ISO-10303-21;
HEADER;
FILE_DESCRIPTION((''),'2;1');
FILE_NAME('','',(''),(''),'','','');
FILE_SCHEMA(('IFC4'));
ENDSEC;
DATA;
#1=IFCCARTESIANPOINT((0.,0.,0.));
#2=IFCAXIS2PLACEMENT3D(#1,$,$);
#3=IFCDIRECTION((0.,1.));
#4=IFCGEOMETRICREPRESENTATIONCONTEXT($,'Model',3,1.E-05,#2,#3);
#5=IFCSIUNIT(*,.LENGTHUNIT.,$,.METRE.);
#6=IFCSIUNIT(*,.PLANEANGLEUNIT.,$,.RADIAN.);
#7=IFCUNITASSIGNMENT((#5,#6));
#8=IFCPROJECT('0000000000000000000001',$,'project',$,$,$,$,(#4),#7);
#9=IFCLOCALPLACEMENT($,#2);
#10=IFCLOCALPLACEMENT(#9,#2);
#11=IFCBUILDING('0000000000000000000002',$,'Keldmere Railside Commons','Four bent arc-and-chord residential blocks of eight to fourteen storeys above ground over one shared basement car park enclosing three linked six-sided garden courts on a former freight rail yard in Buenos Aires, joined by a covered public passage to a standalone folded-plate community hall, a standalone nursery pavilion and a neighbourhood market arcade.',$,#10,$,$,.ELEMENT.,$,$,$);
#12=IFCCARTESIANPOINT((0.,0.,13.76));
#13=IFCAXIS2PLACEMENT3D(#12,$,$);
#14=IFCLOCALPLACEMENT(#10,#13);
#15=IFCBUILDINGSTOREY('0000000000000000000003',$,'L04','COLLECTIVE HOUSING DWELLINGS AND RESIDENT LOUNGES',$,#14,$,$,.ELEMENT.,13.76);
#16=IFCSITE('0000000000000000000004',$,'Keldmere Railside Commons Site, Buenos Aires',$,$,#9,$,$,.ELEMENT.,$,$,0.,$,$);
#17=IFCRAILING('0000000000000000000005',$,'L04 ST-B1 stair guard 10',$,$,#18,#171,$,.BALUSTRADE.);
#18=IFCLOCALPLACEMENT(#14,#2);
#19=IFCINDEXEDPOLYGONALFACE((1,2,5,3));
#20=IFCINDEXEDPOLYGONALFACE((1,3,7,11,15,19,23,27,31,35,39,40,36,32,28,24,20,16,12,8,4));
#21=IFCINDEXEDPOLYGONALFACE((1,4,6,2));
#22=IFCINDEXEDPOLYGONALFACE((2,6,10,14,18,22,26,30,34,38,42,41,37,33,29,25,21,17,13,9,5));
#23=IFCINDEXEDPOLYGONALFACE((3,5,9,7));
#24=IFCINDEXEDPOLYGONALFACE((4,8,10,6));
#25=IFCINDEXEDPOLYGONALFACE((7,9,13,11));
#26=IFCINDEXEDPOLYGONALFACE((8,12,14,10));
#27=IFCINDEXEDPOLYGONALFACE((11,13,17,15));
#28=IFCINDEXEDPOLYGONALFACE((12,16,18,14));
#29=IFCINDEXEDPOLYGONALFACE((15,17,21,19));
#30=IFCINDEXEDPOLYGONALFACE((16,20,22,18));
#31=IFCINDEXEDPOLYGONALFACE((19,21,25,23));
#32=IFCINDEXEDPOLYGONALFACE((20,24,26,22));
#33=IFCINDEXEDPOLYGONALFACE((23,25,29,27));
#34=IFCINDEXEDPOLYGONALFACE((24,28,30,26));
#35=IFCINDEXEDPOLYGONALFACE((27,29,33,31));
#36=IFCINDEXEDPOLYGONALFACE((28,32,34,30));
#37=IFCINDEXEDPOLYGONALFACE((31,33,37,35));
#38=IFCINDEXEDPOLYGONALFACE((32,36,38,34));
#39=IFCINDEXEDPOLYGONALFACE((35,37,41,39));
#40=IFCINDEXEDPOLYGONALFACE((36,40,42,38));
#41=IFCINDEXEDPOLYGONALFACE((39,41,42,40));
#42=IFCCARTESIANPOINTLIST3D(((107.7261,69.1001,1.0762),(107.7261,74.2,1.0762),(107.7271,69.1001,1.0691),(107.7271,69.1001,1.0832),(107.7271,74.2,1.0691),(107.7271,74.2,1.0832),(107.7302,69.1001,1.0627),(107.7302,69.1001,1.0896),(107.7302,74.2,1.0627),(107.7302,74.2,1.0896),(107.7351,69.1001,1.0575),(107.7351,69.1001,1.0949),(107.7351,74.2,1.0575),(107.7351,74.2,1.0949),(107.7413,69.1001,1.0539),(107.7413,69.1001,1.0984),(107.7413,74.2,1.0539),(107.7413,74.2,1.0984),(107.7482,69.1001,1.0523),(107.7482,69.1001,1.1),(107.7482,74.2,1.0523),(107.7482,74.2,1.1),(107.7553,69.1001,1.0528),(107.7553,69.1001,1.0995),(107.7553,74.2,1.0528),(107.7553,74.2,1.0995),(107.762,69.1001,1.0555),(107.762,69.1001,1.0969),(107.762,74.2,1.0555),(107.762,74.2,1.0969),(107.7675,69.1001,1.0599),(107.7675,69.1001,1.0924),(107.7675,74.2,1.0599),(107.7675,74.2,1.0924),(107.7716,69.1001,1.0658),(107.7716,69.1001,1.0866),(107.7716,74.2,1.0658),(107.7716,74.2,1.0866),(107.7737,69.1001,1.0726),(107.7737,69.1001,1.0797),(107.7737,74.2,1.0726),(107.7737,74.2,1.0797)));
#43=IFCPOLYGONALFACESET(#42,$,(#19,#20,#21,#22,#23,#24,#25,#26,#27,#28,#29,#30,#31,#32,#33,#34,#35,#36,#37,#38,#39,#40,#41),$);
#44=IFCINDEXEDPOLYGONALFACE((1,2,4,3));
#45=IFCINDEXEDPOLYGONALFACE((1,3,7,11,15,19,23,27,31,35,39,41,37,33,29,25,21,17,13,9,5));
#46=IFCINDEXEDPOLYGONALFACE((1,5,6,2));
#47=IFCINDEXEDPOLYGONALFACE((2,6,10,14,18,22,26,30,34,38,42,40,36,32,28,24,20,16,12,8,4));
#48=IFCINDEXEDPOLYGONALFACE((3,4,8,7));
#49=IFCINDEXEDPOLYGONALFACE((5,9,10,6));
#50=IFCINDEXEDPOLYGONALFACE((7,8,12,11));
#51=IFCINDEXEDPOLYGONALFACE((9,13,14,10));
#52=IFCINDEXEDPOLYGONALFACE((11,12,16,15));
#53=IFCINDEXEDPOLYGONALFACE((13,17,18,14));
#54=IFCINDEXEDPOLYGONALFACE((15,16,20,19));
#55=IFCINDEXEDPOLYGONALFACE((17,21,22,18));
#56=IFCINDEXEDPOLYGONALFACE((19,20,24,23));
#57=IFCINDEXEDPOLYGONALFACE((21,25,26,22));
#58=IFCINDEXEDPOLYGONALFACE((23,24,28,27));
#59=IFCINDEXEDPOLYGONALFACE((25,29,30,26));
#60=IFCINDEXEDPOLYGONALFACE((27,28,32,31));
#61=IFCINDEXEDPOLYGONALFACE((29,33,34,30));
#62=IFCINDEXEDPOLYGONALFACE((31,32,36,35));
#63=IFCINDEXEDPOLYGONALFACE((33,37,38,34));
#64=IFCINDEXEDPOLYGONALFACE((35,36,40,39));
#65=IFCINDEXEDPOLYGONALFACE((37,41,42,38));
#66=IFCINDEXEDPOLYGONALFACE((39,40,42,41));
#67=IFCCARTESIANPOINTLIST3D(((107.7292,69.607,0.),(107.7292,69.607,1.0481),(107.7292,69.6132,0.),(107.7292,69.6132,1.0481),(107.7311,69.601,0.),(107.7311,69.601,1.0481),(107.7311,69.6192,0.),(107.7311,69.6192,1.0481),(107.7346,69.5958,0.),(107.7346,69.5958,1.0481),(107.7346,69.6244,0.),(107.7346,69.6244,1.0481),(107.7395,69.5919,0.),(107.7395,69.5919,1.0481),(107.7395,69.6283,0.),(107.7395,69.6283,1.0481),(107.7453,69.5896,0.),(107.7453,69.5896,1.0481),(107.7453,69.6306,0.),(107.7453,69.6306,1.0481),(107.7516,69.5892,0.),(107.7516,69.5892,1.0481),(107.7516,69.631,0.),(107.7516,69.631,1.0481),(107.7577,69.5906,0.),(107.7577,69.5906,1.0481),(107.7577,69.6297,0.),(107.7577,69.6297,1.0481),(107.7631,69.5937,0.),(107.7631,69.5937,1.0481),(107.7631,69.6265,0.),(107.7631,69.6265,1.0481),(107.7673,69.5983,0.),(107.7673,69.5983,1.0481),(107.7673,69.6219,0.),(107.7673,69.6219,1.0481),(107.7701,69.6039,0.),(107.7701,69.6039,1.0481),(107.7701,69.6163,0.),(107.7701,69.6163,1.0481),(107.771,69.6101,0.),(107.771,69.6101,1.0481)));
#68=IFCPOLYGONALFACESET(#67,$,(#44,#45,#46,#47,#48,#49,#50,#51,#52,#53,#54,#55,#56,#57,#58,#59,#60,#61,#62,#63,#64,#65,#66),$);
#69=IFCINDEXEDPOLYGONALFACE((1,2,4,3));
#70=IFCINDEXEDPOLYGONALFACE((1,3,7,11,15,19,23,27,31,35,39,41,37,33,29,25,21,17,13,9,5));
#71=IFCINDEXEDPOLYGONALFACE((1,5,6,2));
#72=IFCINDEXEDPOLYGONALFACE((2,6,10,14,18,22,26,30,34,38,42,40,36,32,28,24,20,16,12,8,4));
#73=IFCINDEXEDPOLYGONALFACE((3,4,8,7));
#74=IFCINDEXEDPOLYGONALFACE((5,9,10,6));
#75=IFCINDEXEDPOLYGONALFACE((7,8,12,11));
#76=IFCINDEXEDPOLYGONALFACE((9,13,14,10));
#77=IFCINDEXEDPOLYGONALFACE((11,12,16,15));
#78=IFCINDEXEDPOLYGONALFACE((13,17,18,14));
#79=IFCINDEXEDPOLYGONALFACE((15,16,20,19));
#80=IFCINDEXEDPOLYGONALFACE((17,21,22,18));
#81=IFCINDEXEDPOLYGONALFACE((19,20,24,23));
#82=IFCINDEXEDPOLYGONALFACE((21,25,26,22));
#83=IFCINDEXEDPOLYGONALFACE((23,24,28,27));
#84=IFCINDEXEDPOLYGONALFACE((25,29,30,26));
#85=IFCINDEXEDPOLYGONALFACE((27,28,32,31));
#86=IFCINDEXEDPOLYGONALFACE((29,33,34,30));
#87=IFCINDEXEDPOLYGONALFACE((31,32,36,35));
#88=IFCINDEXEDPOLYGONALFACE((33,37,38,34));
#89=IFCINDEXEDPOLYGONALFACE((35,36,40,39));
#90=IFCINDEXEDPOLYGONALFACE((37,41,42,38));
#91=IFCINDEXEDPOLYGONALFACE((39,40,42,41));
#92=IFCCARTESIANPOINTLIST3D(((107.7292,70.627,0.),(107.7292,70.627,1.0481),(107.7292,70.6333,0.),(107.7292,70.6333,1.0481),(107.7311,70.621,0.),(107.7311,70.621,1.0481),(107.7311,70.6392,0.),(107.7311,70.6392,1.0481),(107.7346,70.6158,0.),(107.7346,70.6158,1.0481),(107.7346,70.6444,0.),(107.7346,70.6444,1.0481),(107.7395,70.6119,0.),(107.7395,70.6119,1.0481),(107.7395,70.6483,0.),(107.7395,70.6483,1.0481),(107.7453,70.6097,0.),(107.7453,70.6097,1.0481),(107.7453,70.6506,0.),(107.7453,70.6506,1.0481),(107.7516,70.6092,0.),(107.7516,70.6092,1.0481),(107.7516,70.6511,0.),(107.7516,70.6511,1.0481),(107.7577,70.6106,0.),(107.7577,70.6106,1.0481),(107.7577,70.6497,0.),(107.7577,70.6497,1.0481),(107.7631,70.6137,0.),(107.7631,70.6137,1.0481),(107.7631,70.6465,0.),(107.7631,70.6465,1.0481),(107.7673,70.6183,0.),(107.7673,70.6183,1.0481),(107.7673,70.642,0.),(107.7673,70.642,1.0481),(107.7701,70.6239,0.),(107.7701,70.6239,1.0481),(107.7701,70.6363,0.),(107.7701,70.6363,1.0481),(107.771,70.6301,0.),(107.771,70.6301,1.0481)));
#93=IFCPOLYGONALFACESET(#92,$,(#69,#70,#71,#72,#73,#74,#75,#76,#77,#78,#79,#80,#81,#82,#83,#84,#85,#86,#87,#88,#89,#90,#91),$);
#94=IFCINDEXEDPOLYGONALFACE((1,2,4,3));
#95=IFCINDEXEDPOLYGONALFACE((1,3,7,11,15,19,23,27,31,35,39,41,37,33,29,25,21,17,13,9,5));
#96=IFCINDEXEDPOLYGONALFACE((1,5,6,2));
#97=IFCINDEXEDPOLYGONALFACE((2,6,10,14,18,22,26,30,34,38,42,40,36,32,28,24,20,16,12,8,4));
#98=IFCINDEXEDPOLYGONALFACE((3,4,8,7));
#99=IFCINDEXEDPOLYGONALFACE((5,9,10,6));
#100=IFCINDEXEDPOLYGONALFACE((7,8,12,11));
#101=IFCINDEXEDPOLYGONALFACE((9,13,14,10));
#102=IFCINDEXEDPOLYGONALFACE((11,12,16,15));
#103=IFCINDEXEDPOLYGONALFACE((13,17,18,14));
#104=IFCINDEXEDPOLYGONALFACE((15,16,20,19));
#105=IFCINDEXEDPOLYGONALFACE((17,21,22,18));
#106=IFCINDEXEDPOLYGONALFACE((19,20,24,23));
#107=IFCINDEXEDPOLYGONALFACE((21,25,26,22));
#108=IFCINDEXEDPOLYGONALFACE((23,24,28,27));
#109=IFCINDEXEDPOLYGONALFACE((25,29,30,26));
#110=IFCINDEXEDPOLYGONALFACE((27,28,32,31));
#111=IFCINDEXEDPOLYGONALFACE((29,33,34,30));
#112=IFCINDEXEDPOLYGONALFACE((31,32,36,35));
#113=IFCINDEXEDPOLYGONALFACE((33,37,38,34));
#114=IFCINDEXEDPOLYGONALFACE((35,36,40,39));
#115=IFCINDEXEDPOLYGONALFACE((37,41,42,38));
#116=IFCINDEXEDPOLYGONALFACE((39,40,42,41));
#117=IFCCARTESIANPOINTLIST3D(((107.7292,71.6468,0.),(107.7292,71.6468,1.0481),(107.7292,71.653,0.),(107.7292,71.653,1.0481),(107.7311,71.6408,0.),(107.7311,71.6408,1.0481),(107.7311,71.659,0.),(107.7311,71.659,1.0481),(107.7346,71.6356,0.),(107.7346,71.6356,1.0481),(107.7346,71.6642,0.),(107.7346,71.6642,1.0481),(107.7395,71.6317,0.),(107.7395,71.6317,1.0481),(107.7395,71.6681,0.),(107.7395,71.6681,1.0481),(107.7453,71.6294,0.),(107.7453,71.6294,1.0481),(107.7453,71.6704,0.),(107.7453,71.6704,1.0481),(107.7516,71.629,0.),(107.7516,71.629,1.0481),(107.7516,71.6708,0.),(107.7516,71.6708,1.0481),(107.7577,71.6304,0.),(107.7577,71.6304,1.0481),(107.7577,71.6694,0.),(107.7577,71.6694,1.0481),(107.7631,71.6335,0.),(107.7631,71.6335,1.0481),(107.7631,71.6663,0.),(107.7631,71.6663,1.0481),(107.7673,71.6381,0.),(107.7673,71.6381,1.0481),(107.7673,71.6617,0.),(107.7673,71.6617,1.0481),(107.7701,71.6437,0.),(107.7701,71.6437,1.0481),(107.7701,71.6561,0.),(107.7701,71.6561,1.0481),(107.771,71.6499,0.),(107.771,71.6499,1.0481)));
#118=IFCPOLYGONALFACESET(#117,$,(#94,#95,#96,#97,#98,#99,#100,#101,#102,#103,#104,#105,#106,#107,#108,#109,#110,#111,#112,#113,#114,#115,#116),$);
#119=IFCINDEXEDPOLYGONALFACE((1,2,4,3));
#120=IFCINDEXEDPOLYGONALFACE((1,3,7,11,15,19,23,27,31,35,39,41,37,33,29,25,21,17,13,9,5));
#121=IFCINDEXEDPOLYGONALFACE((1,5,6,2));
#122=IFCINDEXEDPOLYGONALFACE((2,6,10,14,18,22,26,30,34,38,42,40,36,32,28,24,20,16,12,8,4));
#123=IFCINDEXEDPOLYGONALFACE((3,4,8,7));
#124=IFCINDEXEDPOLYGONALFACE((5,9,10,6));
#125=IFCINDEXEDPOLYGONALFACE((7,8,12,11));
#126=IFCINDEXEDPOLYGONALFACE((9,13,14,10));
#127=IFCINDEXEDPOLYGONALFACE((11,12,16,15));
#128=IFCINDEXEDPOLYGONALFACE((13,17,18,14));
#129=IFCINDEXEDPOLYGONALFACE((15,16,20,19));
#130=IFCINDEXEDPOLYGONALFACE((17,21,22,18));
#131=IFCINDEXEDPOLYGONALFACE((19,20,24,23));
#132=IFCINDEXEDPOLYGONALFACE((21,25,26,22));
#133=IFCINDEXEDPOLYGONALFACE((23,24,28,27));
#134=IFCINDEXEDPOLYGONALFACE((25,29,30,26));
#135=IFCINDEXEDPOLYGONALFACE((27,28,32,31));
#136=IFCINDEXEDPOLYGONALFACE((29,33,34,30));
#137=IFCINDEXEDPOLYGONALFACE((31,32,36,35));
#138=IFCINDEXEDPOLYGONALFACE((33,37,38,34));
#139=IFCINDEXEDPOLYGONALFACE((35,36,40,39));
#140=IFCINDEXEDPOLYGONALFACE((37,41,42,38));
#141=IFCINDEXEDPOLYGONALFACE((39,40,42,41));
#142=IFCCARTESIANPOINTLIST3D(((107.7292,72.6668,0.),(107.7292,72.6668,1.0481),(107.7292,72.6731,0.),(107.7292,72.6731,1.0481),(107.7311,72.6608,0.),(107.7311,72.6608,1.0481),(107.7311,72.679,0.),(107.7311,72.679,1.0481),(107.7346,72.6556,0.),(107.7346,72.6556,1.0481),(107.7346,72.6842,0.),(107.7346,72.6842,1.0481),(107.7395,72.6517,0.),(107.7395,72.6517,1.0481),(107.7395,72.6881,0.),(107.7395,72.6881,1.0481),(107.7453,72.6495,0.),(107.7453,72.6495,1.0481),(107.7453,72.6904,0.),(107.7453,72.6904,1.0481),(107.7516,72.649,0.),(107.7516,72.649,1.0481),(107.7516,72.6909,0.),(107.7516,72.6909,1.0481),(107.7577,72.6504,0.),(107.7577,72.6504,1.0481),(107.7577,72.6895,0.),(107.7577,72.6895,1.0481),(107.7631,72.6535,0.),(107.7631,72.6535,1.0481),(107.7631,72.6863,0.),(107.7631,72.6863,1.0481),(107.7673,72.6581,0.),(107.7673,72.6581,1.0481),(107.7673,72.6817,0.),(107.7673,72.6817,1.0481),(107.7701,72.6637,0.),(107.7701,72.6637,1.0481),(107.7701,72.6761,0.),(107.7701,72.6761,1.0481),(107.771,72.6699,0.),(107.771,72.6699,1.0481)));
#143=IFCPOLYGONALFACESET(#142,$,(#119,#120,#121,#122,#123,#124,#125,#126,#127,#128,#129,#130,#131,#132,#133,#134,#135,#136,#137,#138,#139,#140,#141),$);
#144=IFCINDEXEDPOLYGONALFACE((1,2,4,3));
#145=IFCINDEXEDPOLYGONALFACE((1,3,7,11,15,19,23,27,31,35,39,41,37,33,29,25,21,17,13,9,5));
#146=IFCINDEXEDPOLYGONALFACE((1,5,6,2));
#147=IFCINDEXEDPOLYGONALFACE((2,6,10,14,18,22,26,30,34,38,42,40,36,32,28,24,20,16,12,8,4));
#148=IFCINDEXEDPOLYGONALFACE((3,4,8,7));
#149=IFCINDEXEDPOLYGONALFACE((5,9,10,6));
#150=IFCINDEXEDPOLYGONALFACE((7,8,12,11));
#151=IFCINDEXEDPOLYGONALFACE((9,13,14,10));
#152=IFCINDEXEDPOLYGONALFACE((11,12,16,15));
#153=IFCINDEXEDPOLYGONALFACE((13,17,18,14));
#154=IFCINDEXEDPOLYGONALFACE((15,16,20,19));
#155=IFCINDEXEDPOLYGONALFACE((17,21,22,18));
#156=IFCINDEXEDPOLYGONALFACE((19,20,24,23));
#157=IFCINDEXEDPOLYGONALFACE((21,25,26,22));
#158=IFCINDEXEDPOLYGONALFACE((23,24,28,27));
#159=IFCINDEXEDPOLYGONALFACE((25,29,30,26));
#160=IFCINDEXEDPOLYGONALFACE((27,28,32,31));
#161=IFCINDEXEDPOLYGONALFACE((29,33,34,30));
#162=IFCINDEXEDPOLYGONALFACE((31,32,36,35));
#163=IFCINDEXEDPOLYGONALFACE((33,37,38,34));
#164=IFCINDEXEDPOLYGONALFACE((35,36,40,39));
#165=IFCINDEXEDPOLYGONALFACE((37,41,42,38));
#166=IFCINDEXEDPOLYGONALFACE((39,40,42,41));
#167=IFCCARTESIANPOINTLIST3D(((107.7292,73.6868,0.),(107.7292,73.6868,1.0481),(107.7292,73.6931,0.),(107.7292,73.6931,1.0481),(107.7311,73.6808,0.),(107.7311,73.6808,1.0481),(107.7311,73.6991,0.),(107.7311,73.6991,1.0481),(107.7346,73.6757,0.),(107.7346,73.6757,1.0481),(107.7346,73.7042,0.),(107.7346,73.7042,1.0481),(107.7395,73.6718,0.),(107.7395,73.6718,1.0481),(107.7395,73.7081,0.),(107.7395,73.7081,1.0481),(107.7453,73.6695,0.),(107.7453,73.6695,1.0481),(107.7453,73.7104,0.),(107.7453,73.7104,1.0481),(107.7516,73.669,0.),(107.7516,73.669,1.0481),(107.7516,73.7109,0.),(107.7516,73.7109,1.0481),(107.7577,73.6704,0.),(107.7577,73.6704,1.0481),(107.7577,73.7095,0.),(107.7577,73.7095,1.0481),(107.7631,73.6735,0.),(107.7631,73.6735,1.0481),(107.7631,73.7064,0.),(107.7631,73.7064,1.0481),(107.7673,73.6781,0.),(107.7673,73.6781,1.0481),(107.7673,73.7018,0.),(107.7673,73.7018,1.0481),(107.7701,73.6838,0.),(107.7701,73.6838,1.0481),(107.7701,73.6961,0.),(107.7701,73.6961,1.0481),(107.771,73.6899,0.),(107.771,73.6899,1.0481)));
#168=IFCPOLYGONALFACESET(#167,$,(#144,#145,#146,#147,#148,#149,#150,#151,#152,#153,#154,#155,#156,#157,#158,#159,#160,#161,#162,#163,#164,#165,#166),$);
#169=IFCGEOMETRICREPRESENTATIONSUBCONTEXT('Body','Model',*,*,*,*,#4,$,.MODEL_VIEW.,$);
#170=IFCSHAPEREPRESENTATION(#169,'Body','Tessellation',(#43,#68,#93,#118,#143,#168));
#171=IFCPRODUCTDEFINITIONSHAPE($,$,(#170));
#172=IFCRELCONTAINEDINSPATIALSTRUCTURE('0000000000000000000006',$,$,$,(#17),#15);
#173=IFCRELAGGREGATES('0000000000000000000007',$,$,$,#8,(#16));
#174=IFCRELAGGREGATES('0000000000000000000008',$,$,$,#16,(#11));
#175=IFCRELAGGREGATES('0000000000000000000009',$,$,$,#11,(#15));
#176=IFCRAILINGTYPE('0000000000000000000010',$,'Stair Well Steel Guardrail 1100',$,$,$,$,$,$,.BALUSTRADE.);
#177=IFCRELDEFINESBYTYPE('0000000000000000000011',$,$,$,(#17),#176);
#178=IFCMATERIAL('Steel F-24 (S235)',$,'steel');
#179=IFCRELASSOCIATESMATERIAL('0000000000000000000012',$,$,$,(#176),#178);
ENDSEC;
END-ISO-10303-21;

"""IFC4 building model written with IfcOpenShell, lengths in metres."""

from ifc_helpers import new_model, si_unit, direction, frame, origin, origin_2d, place, context, subcontext, project, spatial, circle, extrude, material, type_object, element, save


model = new_model("IFC4")

# Units and contexts
model_context = context("Model", 3, precision=1e-05, world=origin(), true_north=direction((0.0, 1.0)))
body_context = subcontext(model_context, "Body", "Model", "MODEL_VIEW")
ifc_project = project(units=[si_unit("LENGTHUNIT", "METRE"), si_unit("PLANEANGLEUNIT", "RADIAN")], contexts=[model_context])

# Site, building, storey
site_placement = place(None, origin())
site = spatial("IfcSite", under=ifc_project, at=site_placement, Name="Keldmere Railside Commons Site, Buenos Aires", CompositionType="ELEMENT", RefElevation=0.0)
building_placement = place(site_placement, origin())
building = spatial("IfcBuilding", under=site, at=building_placement, Name="Keldmere Railside Commons", Description="Four bent arc-and-chord residential blocks of eight to fourteen storeys above ground over one shared basement car park enclosing three linked six-sided garden courts on a former freight rail yard in Buenos Aires, joined by a covered public passage to a standalone folded-plate community hall, a standalone nursery pavilion and a neighbourhood market arcade.", CompositionType="ELEMENT")
storey_placement = place(building_placement, frame((0.0, 0.0, 13.76)))
storey = spatial("IfcBuildingStorey", under=building, at=storey_placement, Name="L04", Description="COLLECTIVE HOUSING DWELLINGS AND RESIDENT LOUNGES", CompositionType="ELEMENT", Elevation=13.76)

# Railing
ifc_material_1 = material(Name="Steel F-24 (S235)", Category="steel")
railing_type_1 = type_object("IfcRailingType", Name="Stair Well Steel Guardrail 1100", PredefinedType="BALUSTRADE", material=ifc_material_1)
railing_1_placement = place(storey_placement, frame((107.75, 69.1001, 0.0)))
element("IfcRailing", 1, at=railing_1_placement, inside=storey, type_object=railing_type_1, Name="L04 ST-B1 stair guard 10", PredefinedType="BALUSTRADE", context=body_context, shape_type="SweptSolid", body=[
    extrude(circle(Radius=0.0239, at=origin_2d()), frame((0.0, 0.0, 1.0762), z_axis=(0.0, 1.0, 0.0), x_axis=(-1.0, 0.0, 0.0)), (0.0, 0.0, 1.0), 5.0999),
    extrude(circle(Radius=0.021, at=origin_2d()), frame((0.0, 0.51, 0.0)), (0.0, 0.0, 1.0), 1.0481),
    extrude(circle(Radius=0.021, at=origin_2d()), frame((0.0, 1.53, 0.0)), (0.0, 0.0, 1.0), 1.0481),
    extrude(circle(Radius=0.021, at=origin_2d()), frame((0.0, 2.5498, 0.0)), (0.0, 0.0, 1.0), 1.0481),
    extrude(circle(Radius=0.021, at=origin_2d()), frame((0.0, 3.5698, 0.0)), (0.0, 0.0, 1.0), 1.0481),
    extrude(circle(Radius=0.021, at=origin_2d()), frame((0.0, 4.5898, 0.0)), (0.0, 0.0, 1.0), 1.0481),
])

save(model, "model.ifc")
